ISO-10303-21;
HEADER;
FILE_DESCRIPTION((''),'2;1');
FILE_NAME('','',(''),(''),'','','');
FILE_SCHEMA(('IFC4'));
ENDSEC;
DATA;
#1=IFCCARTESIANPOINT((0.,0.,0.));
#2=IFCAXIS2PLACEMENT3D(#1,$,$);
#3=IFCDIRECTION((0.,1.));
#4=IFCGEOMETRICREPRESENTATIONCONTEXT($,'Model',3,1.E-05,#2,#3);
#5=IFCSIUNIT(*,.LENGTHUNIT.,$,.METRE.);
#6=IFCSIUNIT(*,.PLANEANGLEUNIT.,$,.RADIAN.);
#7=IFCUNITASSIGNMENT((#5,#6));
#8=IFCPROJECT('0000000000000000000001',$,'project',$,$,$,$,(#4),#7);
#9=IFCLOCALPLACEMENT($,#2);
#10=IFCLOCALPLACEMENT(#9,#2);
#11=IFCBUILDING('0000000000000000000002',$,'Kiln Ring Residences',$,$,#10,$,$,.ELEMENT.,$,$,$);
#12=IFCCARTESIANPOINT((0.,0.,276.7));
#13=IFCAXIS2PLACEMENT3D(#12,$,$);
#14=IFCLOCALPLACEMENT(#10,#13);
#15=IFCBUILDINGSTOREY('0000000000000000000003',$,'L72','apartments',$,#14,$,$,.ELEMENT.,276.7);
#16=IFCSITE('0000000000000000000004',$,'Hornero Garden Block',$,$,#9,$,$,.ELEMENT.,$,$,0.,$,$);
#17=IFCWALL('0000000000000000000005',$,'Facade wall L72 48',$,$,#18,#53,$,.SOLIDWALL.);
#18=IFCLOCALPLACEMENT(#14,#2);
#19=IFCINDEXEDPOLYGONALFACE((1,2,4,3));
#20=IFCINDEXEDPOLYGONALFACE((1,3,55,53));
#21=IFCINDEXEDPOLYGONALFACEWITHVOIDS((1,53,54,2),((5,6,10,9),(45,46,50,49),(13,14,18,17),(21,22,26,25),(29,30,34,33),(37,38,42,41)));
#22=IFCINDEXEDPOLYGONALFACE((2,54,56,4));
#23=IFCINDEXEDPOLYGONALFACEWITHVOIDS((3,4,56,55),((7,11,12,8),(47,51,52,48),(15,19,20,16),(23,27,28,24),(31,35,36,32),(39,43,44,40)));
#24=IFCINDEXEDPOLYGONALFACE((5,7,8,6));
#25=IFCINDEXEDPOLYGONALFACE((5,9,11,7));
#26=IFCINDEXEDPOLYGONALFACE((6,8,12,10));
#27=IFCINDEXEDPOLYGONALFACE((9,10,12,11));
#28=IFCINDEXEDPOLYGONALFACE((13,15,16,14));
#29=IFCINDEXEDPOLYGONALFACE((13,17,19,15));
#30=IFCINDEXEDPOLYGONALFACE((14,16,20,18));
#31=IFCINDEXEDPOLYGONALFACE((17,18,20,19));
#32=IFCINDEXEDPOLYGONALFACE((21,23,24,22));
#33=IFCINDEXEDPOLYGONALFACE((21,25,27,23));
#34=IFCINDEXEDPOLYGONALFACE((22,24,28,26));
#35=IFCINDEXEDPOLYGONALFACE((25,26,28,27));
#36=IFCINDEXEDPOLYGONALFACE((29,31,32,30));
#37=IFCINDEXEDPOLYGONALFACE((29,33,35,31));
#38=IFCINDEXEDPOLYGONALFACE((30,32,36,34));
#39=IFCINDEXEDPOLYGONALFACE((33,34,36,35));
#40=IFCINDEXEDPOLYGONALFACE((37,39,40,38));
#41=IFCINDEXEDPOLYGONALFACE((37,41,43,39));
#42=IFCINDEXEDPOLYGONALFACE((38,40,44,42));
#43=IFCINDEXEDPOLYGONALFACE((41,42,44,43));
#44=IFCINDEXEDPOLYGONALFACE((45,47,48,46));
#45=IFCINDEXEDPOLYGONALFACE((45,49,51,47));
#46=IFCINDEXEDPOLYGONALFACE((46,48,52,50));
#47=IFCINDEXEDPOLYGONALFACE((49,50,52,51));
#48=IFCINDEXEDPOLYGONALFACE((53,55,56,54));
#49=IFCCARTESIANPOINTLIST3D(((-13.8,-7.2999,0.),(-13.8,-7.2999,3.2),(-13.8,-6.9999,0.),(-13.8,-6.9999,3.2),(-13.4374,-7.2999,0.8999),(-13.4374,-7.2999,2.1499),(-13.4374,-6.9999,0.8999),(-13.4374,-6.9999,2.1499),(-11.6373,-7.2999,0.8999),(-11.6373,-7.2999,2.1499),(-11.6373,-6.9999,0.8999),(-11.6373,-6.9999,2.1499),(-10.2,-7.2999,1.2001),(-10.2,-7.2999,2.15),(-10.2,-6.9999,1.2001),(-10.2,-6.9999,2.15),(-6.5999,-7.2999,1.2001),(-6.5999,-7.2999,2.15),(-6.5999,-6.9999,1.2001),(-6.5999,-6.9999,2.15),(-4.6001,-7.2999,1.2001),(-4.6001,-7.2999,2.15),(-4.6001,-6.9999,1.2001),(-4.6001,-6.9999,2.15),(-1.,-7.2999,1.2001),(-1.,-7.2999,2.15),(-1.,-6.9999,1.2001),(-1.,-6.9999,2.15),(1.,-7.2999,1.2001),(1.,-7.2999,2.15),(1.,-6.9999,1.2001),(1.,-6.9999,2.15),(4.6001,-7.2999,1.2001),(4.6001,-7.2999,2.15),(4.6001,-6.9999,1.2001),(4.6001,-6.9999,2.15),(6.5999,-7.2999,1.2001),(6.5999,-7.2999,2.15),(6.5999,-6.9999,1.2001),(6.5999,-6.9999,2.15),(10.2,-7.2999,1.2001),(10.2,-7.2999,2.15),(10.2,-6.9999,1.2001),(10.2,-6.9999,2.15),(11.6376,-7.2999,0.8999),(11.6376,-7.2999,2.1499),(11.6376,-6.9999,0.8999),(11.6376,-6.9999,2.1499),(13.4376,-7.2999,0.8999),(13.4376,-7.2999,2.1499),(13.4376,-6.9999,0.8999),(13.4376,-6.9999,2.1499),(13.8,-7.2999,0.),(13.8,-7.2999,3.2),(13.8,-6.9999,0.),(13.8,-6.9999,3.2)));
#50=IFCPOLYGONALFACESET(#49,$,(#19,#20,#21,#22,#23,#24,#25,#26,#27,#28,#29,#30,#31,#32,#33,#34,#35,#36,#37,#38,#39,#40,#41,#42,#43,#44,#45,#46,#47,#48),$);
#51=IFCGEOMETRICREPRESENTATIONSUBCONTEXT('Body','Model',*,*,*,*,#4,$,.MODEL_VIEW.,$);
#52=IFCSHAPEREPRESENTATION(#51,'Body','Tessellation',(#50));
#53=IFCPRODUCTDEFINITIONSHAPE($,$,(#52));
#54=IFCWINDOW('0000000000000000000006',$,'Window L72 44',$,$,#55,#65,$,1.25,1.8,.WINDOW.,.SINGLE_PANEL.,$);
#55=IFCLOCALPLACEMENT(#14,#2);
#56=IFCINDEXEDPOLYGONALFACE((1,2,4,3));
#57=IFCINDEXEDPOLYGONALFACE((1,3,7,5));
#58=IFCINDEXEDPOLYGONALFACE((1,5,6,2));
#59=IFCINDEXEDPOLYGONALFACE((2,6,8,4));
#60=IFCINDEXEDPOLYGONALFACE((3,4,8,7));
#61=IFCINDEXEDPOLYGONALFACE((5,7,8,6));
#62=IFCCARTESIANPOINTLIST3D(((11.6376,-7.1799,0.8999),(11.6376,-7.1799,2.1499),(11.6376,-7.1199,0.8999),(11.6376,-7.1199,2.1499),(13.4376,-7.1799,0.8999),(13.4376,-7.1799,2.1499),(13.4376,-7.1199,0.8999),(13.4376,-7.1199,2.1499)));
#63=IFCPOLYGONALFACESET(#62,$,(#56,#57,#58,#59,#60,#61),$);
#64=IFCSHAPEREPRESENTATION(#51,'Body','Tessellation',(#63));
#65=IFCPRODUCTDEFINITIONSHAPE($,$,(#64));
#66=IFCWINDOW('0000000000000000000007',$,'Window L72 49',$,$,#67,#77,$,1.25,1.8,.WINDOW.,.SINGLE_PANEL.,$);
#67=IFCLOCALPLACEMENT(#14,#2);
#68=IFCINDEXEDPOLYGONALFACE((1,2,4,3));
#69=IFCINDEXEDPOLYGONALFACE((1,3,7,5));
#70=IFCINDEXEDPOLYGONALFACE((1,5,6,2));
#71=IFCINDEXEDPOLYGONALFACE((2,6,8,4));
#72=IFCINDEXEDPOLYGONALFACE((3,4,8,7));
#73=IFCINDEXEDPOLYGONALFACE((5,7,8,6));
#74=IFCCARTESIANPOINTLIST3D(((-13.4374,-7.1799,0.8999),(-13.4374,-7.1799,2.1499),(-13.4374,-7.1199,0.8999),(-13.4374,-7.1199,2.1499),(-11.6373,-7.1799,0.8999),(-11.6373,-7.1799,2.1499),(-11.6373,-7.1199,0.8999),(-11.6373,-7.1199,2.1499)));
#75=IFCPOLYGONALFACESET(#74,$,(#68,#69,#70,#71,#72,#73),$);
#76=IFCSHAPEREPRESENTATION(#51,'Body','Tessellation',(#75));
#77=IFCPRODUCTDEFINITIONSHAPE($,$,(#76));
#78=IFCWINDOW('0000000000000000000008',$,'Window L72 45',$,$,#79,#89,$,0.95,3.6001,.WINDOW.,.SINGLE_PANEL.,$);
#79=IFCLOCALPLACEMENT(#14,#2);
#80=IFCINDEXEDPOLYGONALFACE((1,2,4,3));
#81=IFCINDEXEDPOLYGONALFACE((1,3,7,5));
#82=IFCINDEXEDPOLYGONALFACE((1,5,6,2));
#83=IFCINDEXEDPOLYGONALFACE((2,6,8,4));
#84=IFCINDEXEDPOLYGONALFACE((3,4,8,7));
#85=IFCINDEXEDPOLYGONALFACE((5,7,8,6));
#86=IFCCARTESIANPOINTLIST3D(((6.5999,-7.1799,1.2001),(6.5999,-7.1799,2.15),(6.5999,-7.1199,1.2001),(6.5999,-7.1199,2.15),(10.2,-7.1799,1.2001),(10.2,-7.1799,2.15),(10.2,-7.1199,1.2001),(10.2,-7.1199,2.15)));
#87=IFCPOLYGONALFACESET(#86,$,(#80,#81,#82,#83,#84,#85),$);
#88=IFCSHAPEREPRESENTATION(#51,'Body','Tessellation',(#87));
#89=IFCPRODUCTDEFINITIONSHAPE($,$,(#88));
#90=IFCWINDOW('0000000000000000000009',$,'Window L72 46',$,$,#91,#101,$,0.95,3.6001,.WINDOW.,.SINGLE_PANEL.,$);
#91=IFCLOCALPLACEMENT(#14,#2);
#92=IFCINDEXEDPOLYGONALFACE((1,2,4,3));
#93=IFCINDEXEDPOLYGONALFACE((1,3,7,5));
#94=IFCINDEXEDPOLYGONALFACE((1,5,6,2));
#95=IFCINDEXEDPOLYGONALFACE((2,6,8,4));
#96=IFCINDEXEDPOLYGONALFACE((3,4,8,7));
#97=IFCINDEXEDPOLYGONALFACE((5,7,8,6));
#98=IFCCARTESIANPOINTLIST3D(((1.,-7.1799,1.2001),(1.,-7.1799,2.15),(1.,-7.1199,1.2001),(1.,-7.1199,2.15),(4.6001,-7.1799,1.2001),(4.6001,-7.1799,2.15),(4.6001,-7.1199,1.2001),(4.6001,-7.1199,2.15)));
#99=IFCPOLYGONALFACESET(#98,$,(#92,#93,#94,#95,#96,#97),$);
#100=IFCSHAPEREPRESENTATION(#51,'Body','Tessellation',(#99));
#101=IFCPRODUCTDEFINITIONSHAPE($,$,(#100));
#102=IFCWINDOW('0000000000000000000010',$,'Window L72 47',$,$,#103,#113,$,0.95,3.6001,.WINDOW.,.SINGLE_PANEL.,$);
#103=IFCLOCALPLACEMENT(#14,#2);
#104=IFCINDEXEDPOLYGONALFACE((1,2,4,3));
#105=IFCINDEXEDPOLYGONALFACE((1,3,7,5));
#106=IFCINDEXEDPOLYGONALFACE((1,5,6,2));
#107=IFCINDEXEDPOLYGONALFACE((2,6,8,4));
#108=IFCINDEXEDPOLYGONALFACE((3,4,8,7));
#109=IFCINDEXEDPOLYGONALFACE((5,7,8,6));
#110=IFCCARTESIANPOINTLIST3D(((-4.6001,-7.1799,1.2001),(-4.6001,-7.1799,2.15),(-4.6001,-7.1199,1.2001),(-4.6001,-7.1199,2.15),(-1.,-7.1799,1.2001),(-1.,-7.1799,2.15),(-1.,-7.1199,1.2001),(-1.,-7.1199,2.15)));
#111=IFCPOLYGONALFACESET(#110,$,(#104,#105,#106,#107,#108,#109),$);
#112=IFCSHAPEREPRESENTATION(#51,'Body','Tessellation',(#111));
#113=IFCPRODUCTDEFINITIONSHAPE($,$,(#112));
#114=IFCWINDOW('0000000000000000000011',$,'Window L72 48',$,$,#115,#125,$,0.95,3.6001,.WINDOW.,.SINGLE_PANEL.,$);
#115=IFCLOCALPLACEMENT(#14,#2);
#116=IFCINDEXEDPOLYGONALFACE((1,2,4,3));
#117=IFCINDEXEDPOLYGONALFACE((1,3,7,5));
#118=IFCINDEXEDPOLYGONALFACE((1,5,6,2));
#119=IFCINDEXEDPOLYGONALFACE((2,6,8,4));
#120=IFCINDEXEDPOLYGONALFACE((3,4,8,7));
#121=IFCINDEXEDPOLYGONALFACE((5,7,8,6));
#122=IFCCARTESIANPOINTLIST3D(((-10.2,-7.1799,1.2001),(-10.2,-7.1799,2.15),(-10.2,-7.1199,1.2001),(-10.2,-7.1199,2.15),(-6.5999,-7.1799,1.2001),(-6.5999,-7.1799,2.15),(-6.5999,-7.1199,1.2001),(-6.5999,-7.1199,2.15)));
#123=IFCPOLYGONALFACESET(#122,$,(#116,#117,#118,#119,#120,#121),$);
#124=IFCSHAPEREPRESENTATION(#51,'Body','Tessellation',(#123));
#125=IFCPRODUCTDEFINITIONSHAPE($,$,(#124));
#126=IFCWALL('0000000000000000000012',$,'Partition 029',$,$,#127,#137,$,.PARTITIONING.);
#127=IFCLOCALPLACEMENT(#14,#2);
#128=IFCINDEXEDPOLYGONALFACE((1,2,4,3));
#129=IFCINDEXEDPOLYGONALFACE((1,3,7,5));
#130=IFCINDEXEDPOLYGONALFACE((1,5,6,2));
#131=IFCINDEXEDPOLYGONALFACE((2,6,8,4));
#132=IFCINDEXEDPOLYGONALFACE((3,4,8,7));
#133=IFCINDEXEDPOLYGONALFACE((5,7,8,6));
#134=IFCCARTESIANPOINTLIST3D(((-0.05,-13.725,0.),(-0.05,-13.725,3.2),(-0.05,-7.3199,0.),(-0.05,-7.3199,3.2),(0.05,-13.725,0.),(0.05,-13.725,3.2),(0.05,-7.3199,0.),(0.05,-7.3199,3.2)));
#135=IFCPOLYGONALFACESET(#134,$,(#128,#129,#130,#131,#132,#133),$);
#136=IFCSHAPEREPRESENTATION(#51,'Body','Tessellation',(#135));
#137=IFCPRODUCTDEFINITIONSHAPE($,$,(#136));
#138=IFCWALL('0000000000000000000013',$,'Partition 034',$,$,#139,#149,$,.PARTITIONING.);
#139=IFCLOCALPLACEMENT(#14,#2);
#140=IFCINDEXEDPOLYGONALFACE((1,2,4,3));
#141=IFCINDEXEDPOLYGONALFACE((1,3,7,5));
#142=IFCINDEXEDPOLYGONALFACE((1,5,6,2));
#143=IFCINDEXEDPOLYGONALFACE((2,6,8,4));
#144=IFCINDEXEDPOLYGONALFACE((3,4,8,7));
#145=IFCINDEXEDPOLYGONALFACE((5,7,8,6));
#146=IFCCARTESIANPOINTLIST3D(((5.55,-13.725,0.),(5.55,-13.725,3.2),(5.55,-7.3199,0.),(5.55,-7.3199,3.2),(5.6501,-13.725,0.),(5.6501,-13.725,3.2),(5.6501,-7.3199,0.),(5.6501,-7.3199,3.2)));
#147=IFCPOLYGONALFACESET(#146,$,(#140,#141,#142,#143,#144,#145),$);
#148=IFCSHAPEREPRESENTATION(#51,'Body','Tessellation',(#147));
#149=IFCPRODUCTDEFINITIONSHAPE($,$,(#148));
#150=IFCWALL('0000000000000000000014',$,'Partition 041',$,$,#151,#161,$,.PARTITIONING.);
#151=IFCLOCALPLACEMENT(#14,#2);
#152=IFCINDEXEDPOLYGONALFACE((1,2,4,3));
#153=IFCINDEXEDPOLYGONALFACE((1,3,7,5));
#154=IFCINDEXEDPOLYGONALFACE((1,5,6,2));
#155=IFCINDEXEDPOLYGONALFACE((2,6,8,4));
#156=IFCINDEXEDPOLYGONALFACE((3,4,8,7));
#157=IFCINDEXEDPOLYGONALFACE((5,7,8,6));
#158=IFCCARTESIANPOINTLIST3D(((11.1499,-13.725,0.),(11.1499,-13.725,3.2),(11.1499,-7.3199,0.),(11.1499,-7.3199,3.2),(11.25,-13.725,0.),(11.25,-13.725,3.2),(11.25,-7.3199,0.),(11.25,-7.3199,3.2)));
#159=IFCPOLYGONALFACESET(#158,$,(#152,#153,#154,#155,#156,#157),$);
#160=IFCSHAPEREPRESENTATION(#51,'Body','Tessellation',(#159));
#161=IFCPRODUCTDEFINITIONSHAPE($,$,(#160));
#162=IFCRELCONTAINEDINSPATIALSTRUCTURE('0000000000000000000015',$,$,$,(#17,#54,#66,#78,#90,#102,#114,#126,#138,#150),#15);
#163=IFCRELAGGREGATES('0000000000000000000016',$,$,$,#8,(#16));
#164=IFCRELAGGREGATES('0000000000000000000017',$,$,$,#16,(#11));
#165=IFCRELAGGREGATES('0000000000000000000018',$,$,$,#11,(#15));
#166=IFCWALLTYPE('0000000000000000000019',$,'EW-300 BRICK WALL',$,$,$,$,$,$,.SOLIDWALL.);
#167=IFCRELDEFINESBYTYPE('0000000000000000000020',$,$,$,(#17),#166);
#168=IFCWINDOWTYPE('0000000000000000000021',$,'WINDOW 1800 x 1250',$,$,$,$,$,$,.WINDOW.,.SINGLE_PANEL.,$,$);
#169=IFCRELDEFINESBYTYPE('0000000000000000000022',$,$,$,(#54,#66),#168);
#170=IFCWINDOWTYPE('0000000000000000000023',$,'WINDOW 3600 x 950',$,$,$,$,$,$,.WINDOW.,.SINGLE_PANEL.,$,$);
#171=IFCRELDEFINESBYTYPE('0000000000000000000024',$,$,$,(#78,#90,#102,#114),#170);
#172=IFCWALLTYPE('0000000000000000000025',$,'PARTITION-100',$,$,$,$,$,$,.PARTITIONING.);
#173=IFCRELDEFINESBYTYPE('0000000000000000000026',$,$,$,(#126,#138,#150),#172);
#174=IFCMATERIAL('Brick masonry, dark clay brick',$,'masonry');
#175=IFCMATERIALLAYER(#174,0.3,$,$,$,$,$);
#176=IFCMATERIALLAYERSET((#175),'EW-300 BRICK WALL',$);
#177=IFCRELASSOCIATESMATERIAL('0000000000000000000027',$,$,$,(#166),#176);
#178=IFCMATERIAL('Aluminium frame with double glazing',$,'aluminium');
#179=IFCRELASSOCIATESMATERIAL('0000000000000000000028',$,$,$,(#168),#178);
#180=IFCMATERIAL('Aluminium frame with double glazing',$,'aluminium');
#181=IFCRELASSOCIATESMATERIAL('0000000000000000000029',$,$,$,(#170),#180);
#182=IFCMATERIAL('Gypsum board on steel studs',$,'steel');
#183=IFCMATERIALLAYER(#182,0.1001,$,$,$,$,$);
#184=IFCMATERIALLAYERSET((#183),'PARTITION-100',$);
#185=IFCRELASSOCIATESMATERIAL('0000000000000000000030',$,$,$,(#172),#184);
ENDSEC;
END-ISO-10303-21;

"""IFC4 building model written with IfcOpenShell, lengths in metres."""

from ifc_helpers import new_model, si_unit, direction, frame, frame_2d, origin, place, context, subcontext, project, spatial, rectangle, extrude, material, layer, layer_set, type_object, element, fill, save


model = new_model("IFC4")

# Units and contexts
model_context = context("Model", 3, precision=1e-05, world=origin(), true_north=direction((0.0, 1.0)))
body_context = subcontext(model_context, "Body", "Model", "MODEL_VIEW")
ifc_project = project(units=[si_unit("LENGTHUNIT", "METRE"), si_unit("PLANEANGLEUNIT", "RADIAN")], contexts=[model_context])

# Site, building, storey
site_placement = place(None, origin())
site = spatial("IfcSite", under=ifc_project, at=site_placement, Name="Hornero Garden Block", CompositionType="ELEMENT", RefElevation=0.0)
building_placement = place(site_placement, origin())
building = spatial("IfcBuilding", under=site, at=building_placement, Name="Kiln Ring Residences", CompositionType="ELEMENT")
storey_placement = place(building_placement, frame((0.0, 0.0, 276.7)))
storey = spatial("IfcBuildingStorey", under=building, at=storey_placement, Name="L72", Description="apartments", CompositionType="ELEMENT", Elevation=276.7)

# Wall, openings, windows
ifc_material_1 = material(Name="Brick masonry, dark clay brick", Category="masonry")
ifc_layer_1 = layer(ifc_material_1, 0.3)
ifc_layer_set_1 = layer_set([ifc_layer_1], Name="EW-300 BRICK WALL")
wall_type_1 = type_object("IfcWallType", Name="EW-300 BRICK WALL", PredefinedType="SOLIDWALL", material=ifc_layer_set_1)
wall_1_placement = place(storey_placement, frame((13.8, -7.1499, 0.0), z_axis=(0.0, 0.0, 1.0), x_axis=(-1.0, 0.0, 0.0)))
wall_1 = element("IfcWall", 1, at=wall_1_placement, inside=storey, type_object=wall_type_1, Name="Facade wall L72 48", PredefinedType="SOLIDWALL", context=body_context, shape_type="SweptSolid", body=[
    extrude(rectangle(XDim=27.6001, YDim=0.3, at=frame_2d((13.8, 0.0))), origin(), (0.0, 0.0, 1.0), 3.2),
])
opening_1_placement = place(wall_1_placement, frame((0.3625, 0.0, 0.8999)))
opening_1 = element("IfcOpeningElement", 2, at=opening_1_placement, cuts=wall_1, PredefinedType="OPENING", context=body_context, shape_type="SweptSolid", body=[
    extrude(rectangle(XDim=1.8, YDim=1.25, at=frame_2d((0.8999, 0.625))), frame((0.0, 0.1599, 0.0), z_axis=(0.0, -1.0, 0.0), x_axis=(1.0, 0.0, 0.0)), (0.0, 0.0, 1.0), 0.3201),
])
opening_2_placement = place(wall_1_placement, frame((3.6001, 0.0, 1.2)))
opening_2 = element("IfcOpeningElement", 3, at=opening_2_placement, cuts=wall_1, PredefinedType="OPENING", context=body_context, shape_type="SweptSolid", body=[
    extrude(rectangle(XDim=3.6001, YDim=0.95, at=frame_2d((1.8, 0.4751))), frame((0.0, 0.1599, 0.0), z_axis=(0.0, -1.0, 0.0), x_axis=(1.0, 0.0, 0.0)), (0.0, 0.0, 1.0), 0.3201),
])
opening_3_placement = place(wall_1_placement, frame((9.2, 0.0, 1.2)))
opening_3 = element("IfcOpeningElement", 4, at=opening_3_placement, cuts=wall_1, PredefinedType="OPENING", context=body_context, shape_type="SweptSolid", body=[
    extrude(rectangle(XDim=3.6001, YDim=0.95, at=frame_2d((1.8, 0.4751))), frame((0.0, 0.1599, 0.0), z_axis=(0.0, -1.0, 0.0), x_axis=(1.0, 0.0, 0.0)), (0.0, 0.0, 1.0), 0.3201),
])
opening_4_placement = place(wall_1_placement, frame((14.8, 0.0, 1.2)))
opening_4 = element("IfcOpeningElement", 5, at=opening_4_placement, cuts=wall_1, PredefinedType="OPENING", context=body_context, shape_type="SweptSolid", body=[
    extrude(rectangle(XDim=3.6001, YDim=0.95, at=frame_2d((1.8, 0.4751))), frame((0.0, 0.1599, 0.0), z_axis=(0.0, -1.0, 0.0), x_axis=(1.0, 0.0, 0.0)), (0.0, 0.0, 1.0), 0.3201),
])
opening_5_placement = place(wall_1_placement, frame((20.3999, 0.0, 1.2)))
opening_5 = element("IfcOpeningElement", 6, at=opening_5_placement, cuts=wall_1, PredefinedType="OPENING", context=body_context, shape_type="SweptSolid", body=[
    extrude(rectangle(XDim=3.6001, YDim=0.95, at=frame_2d((1.8, 0.4751))), frame((0.0, 0.1599, 0.0), z_axis=(0.0, -1.0, 0.0), x_axis=(1.0, 0.0, 0.0)), (0.0, 0.0, 1.0), 0.3201),
])
opening_6_placement = place(wall_1_placement, frame((25.4375, 0.0, 0.8999)))
opening_6 = element("IfcOpeningElement", 7, at=opening_6_placement, cuts=wall_1, PredefinedType="OPENING", context=body_context, shape_type="SweptSolid", body=[
    extrude(rectangle(XDim=1.8, YDim=1.25, at=frame_2d((0.8999, 0.625))), frame((0.0, 0.1599, 0.0), z_axis=(0.0, -1.0, 0.0), x_axis=(1.0, 0.0, 0.0)), (0.0, 0.0, 1.0), 0.3201),
])
ifc_material_2 = material(Name="Aluminium frame with double glazing", Category="aluminium")
window_type_1 = type_object("IfcWindowType", Name="WINDOW 1800 x 1250", PartitioningType="SINGLE_PANEL", PredefinedType="WINDOW", material=ifc_material_2)
window_1_placement = place(opening_1_placement, origin())
window_1 = element("IfcWindow", 8, at=window_1_placement, inside=storey, type_object=window_type_1, Name="Window L72 44", OverallHeight=1.25, OverallWidth=1.8, PartitioningType="SINGLE_PANEL", PredefinedType="WINDOW", context=body_context, shape_type="SweptSolid", body=[
    extrude(rectangle(XDim=1.8, YDim=1.25, at=frame_2d((0.8999, 0.625))), frame((0.0, 0.03, 0.0), z_axis=(0.0, -1.0, 0.0), x_axis=(1.0, 0.0, 0.0)), (0.0, 0.0, 1.0), 0.0601),
])
fill(opening_1, window_1)
window_2_placement = place(opening_6_placement, origin())
window_2 = element("IfcWindow", 9, at=window_2_placement, inside=storey, type_object=window_type_1, Name="Window L72 49", OverallHeight=1.25, OverallWidth=1.8, PartitioningType="SINGLE_PANEL", PredefinedType="WINDOW", context=body_context, shape_type="SweptSolid", body=[
    extrude(rectangle(XDim=1.8, YDim=1.25, at=frame_2d((0.8999, 0.625))), frame((0.0, 0.03, 0.0), z_axis=(0.0, -1.0, 0.0), x_axis=(1.0, 0.0, 0.0)), (0.0, 0.0, 1.0), 0.0601),
])
fill(opening_6, window_2)
ifc_material_3 = material(Name="Aluminium frame with double glazing", Category="aluminium")
window_type_2 = type_object("IfcWindowType", Name="WINDOW 3600 x 950", PartitioningType="SINGLE_PANEL", PredefinedType="WINDOW", material=ifc_material_3)
window_3_placement = place(opening_2_placement, origin())
window_3 = element("IfcWindow", 10, at=window_3_placement, inside=storey, type_object=window_type_2, Name="Window L72 45", OverallHeight=0.95, OverallWidth=3.6001, PartitioningType="SINGLE_PANEL", PredefinedType="WINDOW", context=body_context, shape_type="SweptSolid", body=[
    extrude(rectangle(XDim=3.6001, YDim=0.95, at=frame_2d((1.8, 0.4751))), frame((0.0, 0.03, 0.0), z_axis=(0.0, -1.0, 0.0), x_axis=(1.0, 0.0, 0.0)), (0.0, 0.0, 1.0), 0.0601),
])
fill(opening_2, window_3)
window_4_placement = place(opening_3_placement, origin())
window_4 = element("IfcWindow", 11, at=window_4_placement, inside=storey, type_object=window_type_2, Name="Window L72 46", OverallHeight=0.95, OverallWidth=3.6001, PartitioningType="SINGLE_PANEL", PredefinedType="WINDOW", context=body_context, shape_type="SweptSolid", body=[
    extrude(rectangle(XDim=3.6001, YDim=0.95, at=frame_2d((1.8, 0.4751))), frame((0.0, 0.03, 0.0), z_axis=(0.0, -1.0, 0.0), x_axis=(1.0, 0.0, 0.0)), (0.0, 0.0, 1.0), 0.0601),
])
fill(opening_3, window_4)
window_5_placement = place(opening_4_placement, origin())
window_5 = element("IfcWindow", 12, at=window_5_placement, inside=storey, type_object=window_type_2, Name="Window L72 47", OverallHeight=0.95, OverallWidth=3.6001, PartitioningType="SINGLE_PANEL", PredefinedType="WINDOW", context=body_context, shape_type="SweptSolid", body=[
    extrude(rectangle(XDim=3.6001, YDim=0.95, at=frame_2d((1.8, 0.4751))), frame((0.0, 0.03, 0.0), z_axis=(0.0, -1.0, 0.0), x_axis=(1.0, 0.0, 0.0)), (0.0, 0.0, 1.0), 0.0601),
])
fill(opening_4, window_5)
window_6_placement = place(opening_5_placement, origin())
window_6 = element("IfcWindow", 13, at=window_6_placement, inside=storey, type_object=window_type_2, Name="Window L72 48", OverallHeight=0.95, OverallWidth=3.6001, PartitioningType="SINGLE_PANEL", PredefinedType="WINDOW", context=body_context, shape_type="SweptSolid", body=[
    extrude(rectangle(XDim=3.6001, YDim=0.95, at=frame_2d((1.8, 0.4751))), frame((0.0, 0.03, 0.0), z_axis=(0.0, -1.0, 0.0), x_axis=(1.0, 0.0, 0.0)), (0.0, 0.0, 1.0), 0.0601),
])
fill(opening_5, window_6)

# Walls
ifc_material_4 = material(Name="Gypsum board on steel studs", Category="steel")
ifc_layer_2 = layer(ifc_material_4, 0.1001)
ifc_layer_set_2 = layer_set([ifc_layer_2], Name="PARTITION-100")
wall_type_2 = type_object("IfcWallType", Name="PARTITION-100", PredefinedType="PARTITIONING", material=ifc_layer_set_2)
for number, where, z_axis, x_axis, name in (
    (14, (0.0, -13.7251, 0.0), (0.0, 0.0, 1.0), (0.0, 1.0, 0.0), "Partition 029"),
    (15, (5.6001, -13.7251, 0.0), (0.0, 0.0, 1.0), (0.0, 1.0, 0.0), "Partition 034"),
    (16, (11.2, -13.7251, 0.0), (0.0, 0.0, 1.0), (0.0, 1.0, 0.0), "Partition 041"),
):
    element("IfcWall", number, at=place(storey_placement, frame(where, z_axis=z_axis, x_axis=x_axis)), inside=storey, type_object=wall_type_2, Name=name, PredefinedType="PARTITIONING", context=body_context, shape_type="SweptSolid", body=[
        extrude(rectangle(XDim=6.405, YDim=0.1001, at=frame_2d((3.2026, 0.0))), origin(), (0.0, 0.0, 1.0), 3.2),
    ])

save(model, "model.ifc")
